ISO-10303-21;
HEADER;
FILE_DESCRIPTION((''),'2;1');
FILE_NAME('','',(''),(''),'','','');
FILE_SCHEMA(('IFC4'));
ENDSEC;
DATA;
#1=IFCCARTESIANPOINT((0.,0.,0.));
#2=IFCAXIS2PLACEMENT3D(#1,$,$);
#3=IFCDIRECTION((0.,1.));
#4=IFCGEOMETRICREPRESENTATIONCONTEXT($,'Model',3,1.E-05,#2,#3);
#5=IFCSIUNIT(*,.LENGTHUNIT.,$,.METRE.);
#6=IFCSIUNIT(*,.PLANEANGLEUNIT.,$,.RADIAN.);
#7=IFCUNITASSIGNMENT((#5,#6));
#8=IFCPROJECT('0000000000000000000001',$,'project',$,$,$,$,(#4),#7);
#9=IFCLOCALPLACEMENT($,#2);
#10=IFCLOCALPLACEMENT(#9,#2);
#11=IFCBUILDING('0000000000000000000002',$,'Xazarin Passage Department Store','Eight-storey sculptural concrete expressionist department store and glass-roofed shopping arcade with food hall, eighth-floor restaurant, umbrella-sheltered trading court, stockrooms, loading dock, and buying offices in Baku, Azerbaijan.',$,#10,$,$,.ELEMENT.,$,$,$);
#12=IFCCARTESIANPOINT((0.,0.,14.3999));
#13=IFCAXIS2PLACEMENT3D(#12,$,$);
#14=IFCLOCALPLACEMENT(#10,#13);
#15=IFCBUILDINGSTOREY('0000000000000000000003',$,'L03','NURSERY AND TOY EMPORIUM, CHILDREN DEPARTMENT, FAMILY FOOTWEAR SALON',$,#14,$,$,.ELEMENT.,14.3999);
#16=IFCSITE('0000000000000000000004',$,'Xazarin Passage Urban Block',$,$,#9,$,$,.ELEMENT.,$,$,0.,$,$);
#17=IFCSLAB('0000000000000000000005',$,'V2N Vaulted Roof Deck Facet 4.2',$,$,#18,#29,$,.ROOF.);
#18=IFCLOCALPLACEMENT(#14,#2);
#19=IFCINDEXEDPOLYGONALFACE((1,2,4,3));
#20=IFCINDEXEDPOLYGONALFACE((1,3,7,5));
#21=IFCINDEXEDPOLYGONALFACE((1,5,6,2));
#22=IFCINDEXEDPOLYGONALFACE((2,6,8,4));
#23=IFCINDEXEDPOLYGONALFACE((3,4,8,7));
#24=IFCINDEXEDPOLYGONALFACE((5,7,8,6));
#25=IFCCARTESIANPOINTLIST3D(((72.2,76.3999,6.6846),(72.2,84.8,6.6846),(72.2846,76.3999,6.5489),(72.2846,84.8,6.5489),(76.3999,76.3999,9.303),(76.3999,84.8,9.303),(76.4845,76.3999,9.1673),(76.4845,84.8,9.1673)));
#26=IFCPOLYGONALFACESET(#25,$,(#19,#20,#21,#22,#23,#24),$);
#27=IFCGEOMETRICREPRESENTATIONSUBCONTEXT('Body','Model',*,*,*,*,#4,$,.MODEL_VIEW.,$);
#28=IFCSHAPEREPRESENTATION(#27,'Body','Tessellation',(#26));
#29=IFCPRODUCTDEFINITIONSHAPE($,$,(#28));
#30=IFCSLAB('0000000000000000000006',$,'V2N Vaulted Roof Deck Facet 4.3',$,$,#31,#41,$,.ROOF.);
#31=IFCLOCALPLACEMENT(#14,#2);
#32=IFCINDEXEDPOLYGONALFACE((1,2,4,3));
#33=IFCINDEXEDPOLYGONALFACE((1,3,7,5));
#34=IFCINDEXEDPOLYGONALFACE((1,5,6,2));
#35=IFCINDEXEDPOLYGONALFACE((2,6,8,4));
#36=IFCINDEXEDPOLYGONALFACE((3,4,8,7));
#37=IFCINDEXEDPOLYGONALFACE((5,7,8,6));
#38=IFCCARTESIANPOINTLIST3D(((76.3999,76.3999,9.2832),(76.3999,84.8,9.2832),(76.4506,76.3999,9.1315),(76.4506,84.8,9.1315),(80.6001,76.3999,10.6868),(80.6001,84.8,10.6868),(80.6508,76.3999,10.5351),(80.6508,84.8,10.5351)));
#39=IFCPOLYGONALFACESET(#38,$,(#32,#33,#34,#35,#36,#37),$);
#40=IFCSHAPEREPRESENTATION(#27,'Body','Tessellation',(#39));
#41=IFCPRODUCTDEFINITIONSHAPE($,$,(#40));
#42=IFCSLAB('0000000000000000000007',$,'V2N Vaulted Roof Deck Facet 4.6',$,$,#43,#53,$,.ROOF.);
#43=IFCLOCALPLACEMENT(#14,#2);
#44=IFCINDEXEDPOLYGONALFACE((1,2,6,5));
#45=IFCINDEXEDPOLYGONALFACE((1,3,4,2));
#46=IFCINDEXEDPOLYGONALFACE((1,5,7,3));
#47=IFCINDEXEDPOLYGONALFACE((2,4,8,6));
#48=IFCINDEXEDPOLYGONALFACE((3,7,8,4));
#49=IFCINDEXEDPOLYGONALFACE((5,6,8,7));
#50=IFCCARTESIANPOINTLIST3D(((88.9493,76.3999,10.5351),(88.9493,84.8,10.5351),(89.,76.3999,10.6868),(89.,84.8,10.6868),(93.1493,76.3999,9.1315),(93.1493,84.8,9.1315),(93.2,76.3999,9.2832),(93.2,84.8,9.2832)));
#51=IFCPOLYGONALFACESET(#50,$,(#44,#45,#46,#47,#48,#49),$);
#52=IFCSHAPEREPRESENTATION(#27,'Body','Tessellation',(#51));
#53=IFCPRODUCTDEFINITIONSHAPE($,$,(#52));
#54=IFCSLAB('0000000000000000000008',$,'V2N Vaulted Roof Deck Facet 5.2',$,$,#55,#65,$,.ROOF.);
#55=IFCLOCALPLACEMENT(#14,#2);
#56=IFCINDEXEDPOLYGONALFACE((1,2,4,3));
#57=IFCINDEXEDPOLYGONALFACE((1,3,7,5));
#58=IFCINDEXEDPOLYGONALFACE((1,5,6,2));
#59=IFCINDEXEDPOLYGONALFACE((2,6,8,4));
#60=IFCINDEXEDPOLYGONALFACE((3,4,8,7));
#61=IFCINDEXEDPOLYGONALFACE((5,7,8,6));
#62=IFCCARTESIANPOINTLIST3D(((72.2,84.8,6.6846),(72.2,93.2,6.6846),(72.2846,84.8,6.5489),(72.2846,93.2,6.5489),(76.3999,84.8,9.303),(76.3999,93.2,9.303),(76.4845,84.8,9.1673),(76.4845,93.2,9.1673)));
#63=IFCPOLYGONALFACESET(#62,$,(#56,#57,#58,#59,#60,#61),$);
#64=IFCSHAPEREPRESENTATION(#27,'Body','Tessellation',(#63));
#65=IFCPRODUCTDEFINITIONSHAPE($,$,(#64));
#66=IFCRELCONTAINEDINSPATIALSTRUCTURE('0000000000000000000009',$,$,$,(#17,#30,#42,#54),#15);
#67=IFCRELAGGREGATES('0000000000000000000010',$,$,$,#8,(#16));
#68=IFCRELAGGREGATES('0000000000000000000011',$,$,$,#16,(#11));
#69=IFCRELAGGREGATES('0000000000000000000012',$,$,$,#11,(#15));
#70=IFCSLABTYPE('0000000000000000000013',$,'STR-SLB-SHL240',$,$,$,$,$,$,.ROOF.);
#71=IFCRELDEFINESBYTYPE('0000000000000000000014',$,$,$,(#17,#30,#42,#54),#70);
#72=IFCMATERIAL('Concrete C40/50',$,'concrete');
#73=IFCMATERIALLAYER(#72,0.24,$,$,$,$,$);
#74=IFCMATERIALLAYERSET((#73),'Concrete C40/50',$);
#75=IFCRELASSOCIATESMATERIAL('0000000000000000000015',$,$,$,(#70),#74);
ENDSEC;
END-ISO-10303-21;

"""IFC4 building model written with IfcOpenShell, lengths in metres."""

from ifc_helpers import new_model, si_unit, direction, frame, origin, place, context, subcontext, project, spatial, polyline, outline, extrude, material, layer, layer_set, type_object, element, save


model = new_model("IFC4")

# Units and contexts
model_context = context("Model", 3, precision=1e-05, world=origin(), true_north=direction((0.0, 1.0)))
body_context = subcontext(model_context, "Body", "Model", "MODEL_VIEW")
ifc_project = project(units=[si_unit("LENGTHUNIT", "METRE"), si_unit("PLANEANGLEUNIT", "RADIAN")], contexts=[model_context])

# Site, building, storey
site_placement = place(None, origin())
site = spatial("IfcSite", under=ifc_project, at=site_placement, Name="Xazarin Passage Urban Block", CompositionType="ELEMENT", RefElevation=0.0)
building_placement = place(site_placement, origin())
building = spatial("IfcBuilding", under=site, at=building_placement, Name="Xazarin Passage Department Store", Description="Eight-storey sculptural concrete expressionist department store and glass-roofed shopping arcade with food hall, eighth-floor restaurant, umbrella-sheltered trading court, stockrooms, loading dock, and buying offices in Baku, Azerbaijan.", CompositionType="ELEMENT")
storey_placement = place(building_placement, frame((0.0, 0.0, 14.3999)))
storey = spatial("IfcBuildingStorey", under=building, at=storey_placement, Name="L03", Description="NURSERY AND TOY EMPORIUM, CHILDREN DEPARTMENT, FAMILY FOOTWEAR SALON", CompositionType="ELEMENT", Elevation=14.3999)

# Slabs
ifc_material_1 = material(Name="Concrete C40/50", Category="concrete")
ifc_layer_1 = layer(ifc_material_1, 0.24)
ifc_layer_set_1 = layer_set([ifc_layer_1], Name="Concrete C40/50")
slab_type = type_object("IfcSlabType", Name="STR-SLB-SHL240", PredefinedType="ROOF", material=ifc_layer_set_1)
slab_1_placement = place(storey_placement, frame((72.2, 76.3999, 6.6846), z_axis=(-0.529045, 0.0, 0.848594), x_axis=(0.848594, 0.0, 0.529045)))
element("IfcSlab", 1, at=slab_1_placement, inside=storey, type_object=slab_type, Name="V2N Vaulted Roof Deck Facet 4.2", PredefinedType="ROOF", context=body_context, shape_type="SweptSolid", body=[
    extrude(outline(polyline([(0.0, 0.0), (4.9493, 0.0), (4.9493, 8.4001), (0.0, 8.4001), (0.0, 0.0)])), origin(), (0.0, 0.0, -1.0), 0.1599),
])
slab_2_placement = place(storey_placement, frame((76.3999, 76.3999, 9.2832), z_axis=(-0.316939, 0.0, 0.948446), x_axis=(0.948446, 0.0, 0.316939)))
element("IfcSlab", 2, at=slab_2_placement, inside=storey, type_object=slab_type, Name="V2N Vaulted Roof Deck Facet 4.3", PredefinedType="ROOF", context=body_context, shape_type="SweptSolid", body=[
    extrude(outline(polyline([(0.0, 0.0), (4.4285, 0.0), (4.4285, 8.4001), (0.0, 8.4001), (0.0, 0.0)])), origin(), (0.0, 0.0, -1.0), 0.1599),
])
slab_3_placement = place(storey_placement, frame((89.0, 76.3999, 10.6868), z_axis=(0.316955, 0.0, 0.94844), x_axis=(0.94844, 0.0, -0.316955)))
element("IfcSlab", 3, at=slab_3_placement, inside=storey, type_object=slab_type, Name="V2N Vaulted Roof Deck Facet 4.6", PredefinedType="ROOF", context=body_context, shape_type="SweptSolid", body=[
    extrude(outline(polyline([(0.0, 0.0), (4.4283, 0.0), (4.4283, 8.4001), (0.0, 8.4001), (0.0, 0.0)])), origin(), (0.0, 0.0, -1.0), 0.1599),
])
slab_4_placement = place(storey_placement, frame((72.2, 84.8, 6.6846), z_axis=(-0.529045, 0.0, 0.848594), x_axis=(0.848594, 0.0, 0.529045)))
element("IfcSlab", 4, at=slab_4_placement, inside=storey, type_object=slab_type, Name="V2N Vaulted Roof Deck Facet 5.2", PredefinedType="ROOF", context=body_context, shape_type="SweptSolid", body=[
    extrude(outline(polyline([(0.0, 0.0), (4.9493, 0.0), (4.9493, 8.3999), (0.0, 8.3999), (0.0, 0.0)])), origin(), (0.0, 0.0, -1.0), 0.1599),
])

save(model, "model.ifc")
